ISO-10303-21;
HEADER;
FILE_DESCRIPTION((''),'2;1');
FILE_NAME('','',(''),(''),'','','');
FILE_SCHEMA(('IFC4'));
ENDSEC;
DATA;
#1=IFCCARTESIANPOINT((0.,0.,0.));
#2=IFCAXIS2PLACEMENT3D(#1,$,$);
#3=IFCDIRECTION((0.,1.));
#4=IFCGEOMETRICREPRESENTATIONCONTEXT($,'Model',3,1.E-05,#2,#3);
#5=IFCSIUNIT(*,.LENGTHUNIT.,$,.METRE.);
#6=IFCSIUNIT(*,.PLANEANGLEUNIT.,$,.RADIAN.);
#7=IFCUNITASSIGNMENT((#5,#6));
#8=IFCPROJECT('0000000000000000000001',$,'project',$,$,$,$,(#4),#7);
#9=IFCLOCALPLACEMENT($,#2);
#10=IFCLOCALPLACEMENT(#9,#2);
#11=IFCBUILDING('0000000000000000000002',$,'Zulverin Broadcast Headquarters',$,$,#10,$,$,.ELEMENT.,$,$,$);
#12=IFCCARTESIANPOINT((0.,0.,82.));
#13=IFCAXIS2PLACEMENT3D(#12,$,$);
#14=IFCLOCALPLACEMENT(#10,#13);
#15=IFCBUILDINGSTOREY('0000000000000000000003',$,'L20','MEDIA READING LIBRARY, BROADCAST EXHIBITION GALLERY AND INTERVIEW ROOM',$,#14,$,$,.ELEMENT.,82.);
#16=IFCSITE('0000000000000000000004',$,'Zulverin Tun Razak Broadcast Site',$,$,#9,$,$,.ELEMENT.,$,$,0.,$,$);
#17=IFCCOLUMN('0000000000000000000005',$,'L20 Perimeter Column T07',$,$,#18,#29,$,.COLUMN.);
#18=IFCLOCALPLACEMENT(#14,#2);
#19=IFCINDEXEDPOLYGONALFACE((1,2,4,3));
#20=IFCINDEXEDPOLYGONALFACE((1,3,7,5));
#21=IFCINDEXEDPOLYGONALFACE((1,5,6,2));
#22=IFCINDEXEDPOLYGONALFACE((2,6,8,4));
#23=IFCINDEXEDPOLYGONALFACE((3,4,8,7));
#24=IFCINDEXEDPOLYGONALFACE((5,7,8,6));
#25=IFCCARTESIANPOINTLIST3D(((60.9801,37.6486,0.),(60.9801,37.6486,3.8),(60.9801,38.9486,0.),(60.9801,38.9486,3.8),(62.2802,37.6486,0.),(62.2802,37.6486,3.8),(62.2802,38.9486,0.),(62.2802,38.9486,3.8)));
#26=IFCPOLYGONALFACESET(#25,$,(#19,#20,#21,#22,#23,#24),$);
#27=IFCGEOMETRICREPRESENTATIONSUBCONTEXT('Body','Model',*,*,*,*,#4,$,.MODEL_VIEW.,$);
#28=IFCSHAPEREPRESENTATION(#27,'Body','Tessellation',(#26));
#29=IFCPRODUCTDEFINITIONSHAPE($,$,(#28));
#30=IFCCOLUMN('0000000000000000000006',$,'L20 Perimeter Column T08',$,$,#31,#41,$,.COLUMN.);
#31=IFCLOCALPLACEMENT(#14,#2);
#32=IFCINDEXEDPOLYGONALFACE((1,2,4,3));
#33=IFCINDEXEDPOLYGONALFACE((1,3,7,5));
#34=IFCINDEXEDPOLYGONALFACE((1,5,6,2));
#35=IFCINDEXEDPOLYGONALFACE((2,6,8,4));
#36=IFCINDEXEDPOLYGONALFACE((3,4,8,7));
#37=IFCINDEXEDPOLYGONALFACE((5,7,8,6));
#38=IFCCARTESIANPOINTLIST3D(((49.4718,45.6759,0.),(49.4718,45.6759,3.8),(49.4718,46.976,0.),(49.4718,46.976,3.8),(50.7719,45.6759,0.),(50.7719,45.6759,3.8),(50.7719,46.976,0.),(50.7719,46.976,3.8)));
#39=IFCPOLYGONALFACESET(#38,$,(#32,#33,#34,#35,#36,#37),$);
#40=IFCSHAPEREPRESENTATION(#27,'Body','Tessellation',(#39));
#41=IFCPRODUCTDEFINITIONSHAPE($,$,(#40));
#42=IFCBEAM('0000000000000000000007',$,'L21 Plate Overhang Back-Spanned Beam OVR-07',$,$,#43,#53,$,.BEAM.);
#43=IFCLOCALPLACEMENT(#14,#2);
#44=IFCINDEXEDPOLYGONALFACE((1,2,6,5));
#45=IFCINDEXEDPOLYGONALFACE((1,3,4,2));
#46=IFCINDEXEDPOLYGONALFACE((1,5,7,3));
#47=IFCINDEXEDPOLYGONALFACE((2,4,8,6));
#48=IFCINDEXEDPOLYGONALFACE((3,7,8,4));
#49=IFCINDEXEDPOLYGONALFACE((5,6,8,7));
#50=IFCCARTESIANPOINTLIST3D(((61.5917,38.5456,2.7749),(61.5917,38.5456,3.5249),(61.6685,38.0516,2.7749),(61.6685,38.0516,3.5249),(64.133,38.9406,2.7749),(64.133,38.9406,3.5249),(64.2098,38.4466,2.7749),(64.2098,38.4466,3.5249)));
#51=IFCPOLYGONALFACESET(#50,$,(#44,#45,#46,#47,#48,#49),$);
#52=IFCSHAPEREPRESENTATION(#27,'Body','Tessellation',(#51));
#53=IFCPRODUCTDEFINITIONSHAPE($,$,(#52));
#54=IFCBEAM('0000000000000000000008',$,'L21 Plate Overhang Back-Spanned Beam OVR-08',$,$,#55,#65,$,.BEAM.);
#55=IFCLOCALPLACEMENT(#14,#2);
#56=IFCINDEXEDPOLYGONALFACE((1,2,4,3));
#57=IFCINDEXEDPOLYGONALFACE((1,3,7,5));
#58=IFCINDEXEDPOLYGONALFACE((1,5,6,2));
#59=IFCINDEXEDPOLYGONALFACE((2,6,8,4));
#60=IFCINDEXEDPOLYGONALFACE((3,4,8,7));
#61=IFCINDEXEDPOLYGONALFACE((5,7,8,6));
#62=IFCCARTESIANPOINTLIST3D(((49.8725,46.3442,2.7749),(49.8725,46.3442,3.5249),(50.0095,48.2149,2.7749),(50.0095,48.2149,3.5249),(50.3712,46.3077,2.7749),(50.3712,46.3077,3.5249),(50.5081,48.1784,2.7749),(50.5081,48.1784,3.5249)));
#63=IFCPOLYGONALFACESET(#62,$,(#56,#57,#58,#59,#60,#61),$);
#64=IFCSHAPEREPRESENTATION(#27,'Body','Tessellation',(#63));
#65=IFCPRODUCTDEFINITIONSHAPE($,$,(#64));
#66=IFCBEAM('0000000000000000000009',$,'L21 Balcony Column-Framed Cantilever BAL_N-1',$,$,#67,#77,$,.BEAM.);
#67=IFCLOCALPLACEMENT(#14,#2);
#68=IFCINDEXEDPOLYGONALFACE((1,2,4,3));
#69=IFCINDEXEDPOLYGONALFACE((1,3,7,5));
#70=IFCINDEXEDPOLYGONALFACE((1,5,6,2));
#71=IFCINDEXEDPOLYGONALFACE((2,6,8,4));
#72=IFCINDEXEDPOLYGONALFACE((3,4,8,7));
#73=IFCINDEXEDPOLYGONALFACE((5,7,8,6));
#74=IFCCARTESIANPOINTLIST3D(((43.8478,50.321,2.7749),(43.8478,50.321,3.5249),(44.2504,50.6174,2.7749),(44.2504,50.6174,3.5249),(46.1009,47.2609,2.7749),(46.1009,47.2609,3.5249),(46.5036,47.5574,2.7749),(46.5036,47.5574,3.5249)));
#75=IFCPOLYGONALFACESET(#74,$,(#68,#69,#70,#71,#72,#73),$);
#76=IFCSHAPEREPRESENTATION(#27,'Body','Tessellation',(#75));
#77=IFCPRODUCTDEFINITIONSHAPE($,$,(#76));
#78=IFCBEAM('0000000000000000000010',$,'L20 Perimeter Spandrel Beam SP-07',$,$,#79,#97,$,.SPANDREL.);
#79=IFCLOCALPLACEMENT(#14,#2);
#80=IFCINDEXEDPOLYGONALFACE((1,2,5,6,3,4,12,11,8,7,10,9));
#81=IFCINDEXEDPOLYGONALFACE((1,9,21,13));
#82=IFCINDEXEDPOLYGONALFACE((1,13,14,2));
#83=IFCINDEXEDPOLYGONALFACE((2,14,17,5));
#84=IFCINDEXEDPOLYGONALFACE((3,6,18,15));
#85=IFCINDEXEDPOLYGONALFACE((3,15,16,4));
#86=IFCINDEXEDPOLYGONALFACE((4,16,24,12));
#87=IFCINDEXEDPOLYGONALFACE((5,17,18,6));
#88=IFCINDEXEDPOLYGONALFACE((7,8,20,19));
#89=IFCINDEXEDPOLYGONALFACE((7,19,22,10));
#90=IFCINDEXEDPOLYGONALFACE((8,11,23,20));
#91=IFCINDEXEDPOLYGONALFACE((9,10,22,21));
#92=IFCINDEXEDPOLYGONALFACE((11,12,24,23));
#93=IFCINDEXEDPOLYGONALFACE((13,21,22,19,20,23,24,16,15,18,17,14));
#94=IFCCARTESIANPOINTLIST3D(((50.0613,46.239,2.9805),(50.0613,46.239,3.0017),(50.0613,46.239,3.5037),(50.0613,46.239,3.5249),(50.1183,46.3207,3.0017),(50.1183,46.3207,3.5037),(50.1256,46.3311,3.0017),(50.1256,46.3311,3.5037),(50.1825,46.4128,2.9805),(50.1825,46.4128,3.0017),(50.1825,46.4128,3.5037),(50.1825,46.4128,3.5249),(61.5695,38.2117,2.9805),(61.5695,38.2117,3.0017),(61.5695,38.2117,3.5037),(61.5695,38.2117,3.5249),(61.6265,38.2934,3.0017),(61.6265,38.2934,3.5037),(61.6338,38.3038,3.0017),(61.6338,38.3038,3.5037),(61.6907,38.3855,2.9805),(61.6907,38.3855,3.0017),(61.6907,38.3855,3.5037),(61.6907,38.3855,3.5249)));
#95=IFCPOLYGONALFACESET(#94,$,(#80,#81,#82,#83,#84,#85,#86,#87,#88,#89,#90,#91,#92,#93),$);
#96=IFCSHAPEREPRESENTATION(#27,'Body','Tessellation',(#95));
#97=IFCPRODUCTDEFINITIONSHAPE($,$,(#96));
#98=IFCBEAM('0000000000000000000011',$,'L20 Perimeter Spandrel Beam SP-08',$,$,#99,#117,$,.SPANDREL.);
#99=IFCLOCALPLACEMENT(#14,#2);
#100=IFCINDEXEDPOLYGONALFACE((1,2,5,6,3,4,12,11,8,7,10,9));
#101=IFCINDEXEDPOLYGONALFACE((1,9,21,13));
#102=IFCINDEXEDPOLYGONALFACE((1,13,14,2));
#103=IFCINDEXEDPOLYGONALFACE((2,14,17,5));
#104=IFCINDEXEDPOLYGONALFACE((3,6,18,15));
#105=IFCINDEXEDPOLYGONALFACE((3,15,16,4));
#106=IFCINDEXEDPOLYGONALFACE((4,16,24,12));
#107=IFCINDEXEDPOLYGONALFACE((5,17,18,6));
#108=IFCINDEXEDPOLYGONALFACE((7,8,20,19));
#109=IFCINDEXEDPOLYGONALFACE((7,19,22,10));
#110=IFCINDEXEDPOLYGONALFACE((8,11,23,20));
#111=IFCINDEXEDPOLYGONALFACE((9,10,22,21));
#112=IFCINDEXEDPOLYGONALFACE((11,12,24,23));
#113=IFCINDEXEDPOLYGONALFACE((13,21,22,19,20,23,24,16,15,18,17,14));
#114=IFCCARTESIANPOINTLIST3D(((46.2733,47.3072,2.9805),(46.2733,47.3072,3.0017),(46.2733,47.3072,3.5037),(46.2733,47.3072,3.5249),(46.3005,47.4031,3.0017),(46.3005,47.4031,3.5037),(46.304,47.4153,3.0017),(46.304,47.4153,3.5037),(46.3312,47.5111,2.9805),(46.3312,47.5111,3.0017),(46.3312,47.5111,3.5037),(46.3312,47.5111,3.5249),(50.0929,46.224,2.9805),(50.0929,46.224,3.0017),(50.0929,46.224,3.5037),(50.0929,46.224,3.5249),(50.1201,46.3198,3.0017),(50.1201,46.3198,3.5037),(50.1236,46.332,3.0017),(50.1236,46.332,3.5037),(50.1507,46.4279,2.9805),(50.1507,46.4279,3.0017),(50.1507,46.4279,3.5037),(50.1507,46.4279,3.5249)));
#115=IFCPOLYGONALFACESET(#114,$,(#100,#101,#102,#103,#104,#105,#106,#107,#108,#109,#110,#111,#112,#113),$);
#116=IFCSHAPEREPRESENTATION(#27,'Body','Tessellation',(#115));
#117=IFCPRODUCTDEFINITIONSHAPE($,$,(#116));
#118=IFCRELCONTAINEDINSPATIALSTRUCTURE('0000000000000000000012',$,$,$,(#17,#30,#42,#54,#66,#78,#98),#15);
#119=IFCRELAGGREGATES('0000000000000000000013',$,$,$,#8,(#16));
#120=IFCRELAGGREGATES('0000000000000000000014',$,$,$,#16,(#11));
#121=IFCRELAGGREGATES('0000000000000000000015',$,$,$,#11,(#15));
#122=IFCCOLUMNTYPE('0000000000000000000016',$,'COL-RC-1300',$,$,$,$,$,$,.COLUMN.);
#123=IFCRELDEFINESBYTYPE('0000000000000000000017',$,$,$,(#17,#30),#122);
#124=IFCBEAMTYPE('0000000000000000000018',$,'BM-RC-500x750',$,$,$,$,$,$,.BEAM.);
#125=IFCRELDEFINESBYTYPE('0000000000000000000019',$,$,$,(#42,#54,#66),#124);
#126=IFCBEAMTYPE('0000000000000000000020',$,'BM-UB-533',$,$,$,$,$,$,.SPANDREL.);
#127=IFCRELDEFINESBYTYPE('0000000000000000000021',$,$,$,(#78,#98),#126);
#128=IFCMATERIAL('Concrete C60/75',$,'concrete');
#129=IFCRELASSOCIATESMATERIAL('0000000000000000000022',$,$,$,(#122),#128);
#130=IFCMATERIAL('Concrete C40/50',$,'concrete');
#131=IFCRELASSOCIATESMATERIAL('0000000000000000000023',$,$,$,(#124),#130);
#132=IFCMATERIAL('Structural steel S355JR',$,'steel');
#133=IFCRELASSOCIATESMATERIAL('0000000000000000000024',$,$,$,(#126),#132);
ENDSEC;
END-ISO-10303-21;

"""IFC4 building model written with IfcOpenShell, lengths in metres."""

from ifc_helpers import new_model, si_unit, direction, frame, origin, origin_2d, place, context, subcontext, project, spatial, rectangle, i_section, extrude, material, material_profile, profile_set, type_object, element, save


model = new_model("IFC4")

# Units and contexts
model_context = context("Model", 3, precision=1e-05, world=origin(), true_north=direction((0.0, 1.0)))
body_context = subcontext(model_context, "Body", "Model", "MODEL_VIEW")
ifc_project = project(units=[si_unit("LENGTHUNIT", "METRE"), si_unit("PLANEANGLEUNIT", "RADIAN")], contexts=[model_context])

# Site, building, storey
site_placement = place(None, origin())
site = spatial("IfcSite", under=ifc_project, at=site_placement, Name="Zulverin Tun Razak Broadcast Site", CompositionType="ELEMENT", RefElevation=0.0)
building_placement = place(site_placement, origin())
building = spatial("IfcBuilding", under=site, at=building_placement, Name="Zulverin Broadcast Headquarters", CompositionType="ELEMENT")
storey_placement = place(building_placement, frame((0.0, 0.0, 82.0)))
storey = spatial("IfcBuildingStorey", under=building, at=storey_placement, Name="L20", Description="MEDIA READING LIBRARY, BROADCAST EXHIBITION GALLERY AND INTERVIEW ROOM", CompositionType="ELEMENT", Elevation=82.0)

# Columns
ifc_material_1 = material(Name="Concrete C60/75", Category="concrete")
ifc_material_profile_1 = material_profile(ifc_material_1, rectangle(XDim=1.3, YDim=1.3, at=origin_2d()), Name="Concrete C60/75", Category="concrete")
ifc_profile_set_1 = profile_set([ifc_material_profile_1], Name="Concrete C60/75")
column_type = type_object("IfcColumnType", Name="COL-RC-1300", PredefinedType="COLUMN", material=ifc_profile_set_1)
for number, where, z_axis, x_axis, name in (
    (1, (61.6301, 38.2986, 0.0), (0.0, 0.0, 1.0), (1.0, 0.0, 0.0), "L20 Perimeter Column T07"),
    (2, (50.1218, 46.3259, 0.0), (0.0, 0.0, 1.0), (1.0, 0.0, 0.0), "L20 Perimeter Column T08"),
):
    element("IfcColumn", number, at=place(storey_placement, frame(where, z_axis=z_axis, x_axis=x_axis)), inside=storey, type_object=column_type, Name=name, PredefinedType="COLUMN", context=body_context, shape_type="SweptSolid", body=[
        extrude(rectangle(XDim=1.3, YDim=1.3, at=origin_2d()), origin(), (0.0, 0.0, 1.0), 3.8),
    ])

# Beams
ifc_material_2 = material(Name="Concrete C40/50", Category="concrete")
ifc_material_profile_2 = material_profile(ifc_material_2, rectangle(XDim=0.5, YDim=0.75, at=origin_2d()), Name="Concrete C40/50", Category="concrete")
ifc_profile_set_2 = profile_set([ifc_material_profile_2], Name="Concrete C40/50")
beam_type_1 = type_object("IfcBeamType", Name="BM-RC-500x750", PredefinedType="BEAM", material=ifc_profile_set_2)
beam_1_placement = place(storey_placement, frame((61.6301, 38.2986, 3.1499), z_axis=(0.988133, 0.153598, 0.0), x_axis=(-0.153598, 0.988133, 0.0)))
element("IfcBeam", 3, at=beam_1_placement, inside=storey, type_object=beam_type_1, Name="L21 Plate Overhang Back-Spanned Beam OVR-07", PredefinedType="BEAM", context=body_context, shape_type="SweptSolid", body=[
    extrude(rectangle(XDim=0.5, YDim=0.75, at=origin_2d()), origin(), (0.0, 0.0, 1.0), 2.5718),
])
beam_2_placement = place(storey_placement, frame((50.1218, 46.3259, 3.1499), z_axis=(0.073023, 0.99733, 0.0), x_axis=(-0.99733, 0.073023, 0.0)))
element("IfcBeam", 4, at=beam_2_placement, inside=storey, type_object=beam_type_1, Name="L21 Plate Overhang Back-Spanned Beam OVR-08", PredefinedType="BEAM", context=body_context, shape_type="SweptSolid", body=[
    extrude(rectangle(XDim=0.5, YDim=0.75, at=origin_2d()), origin(), (0.0, 0.0, 1.0), 1.8757),
])
beam_3_placement = place(storey_placement, frame((46.3022, 47.4092, 3.1499), z_axis=(-0.592925, 0.805258, 0.0), x_axis=(-0.805258, -0.592925, 0.0)))
element("IfcBeam", 5, at=beam_3_placement, inside=storey, type_object=beam_type_1, Name="L21 Balcony Column-Framed Cantilever BAL_N-1", PredefinedType="BEAM", context=body_context, shape_type="SweptSolid", body=[
    extrude(rectangle(XDim=0.5, YDim=0.75, at=origin_2d()), origin(), (0.0, 0.0, 1.0), 3.8),
])
ifc_material_3 = material(Name="Structural steel S355JR", Category="steel")
ifc_material_profile_3 = material_profile(ifc_material_3, i_section(OverallWidth=0.2119, OverallDepth=0.5444, WebThickness=0.0127, FlangeThickness=0.0212, at=origin_2d()), Name="Structural steel S355JR", Category="steel")
ifc_profile_set_3 = profile_set([ifc_material_profile_3], Name="Structural steel S355JR")
beam_type_2 = type_object("IfcBeamType", Name="BM-UB-533", PredefinedType="SPANDREL", material=ifc_profile_set_3)
beam_4_placement = place(storey_placement, frame((61.6301, 38.2986, 3.2527), z_axis=(-0.820184, 0.5721, 0.0), x_axis=(-0.5721, -0.820184, 0.0)))
element("IfcBeam", 6, at=beam_4_placement, inside=storey, type_object=beam_type_2, Name="L20 Perimeter Spandrel Beam SP-07", PredefinedType="SPANDREL", context=body_context, shape_type="SweptSolid", body=[
    extrude(i_section(OverallWidth=0.2119, OverallDepth=0.5444, WebThickness=0.0127, FlangeThickness=0.0212, at=origin_2d()), origin(), (0.0, 0.0, 1.0), 14.0312),
])
beam_5_placement = place(storey_placement, frame((50.1218, 46.3259, 3.2527), z_axis=(-0.962058, 0.272844, 0.0), x_axis=(-0.272844, -0.962058, 0.0)))
element("IfcBeam", 7, at=beam_5_placement, inside=storey, type_object=beam_type_2, Name="L20 Perimeter Spandrel Beam SP-08", PredefinedType="SPANDREL", context=body_context, shape_type="SweptSolid", body=[
    extrude(i_section(OverallWidth=0.2119, OverallDepth=0.5444, WebThickness=0.0127, FlangeThickness=0.0212, at=origin_2d()), origin(), (0.0, 0.0, 1.0), 3.9702),
])

save(model, "model.ifc")
